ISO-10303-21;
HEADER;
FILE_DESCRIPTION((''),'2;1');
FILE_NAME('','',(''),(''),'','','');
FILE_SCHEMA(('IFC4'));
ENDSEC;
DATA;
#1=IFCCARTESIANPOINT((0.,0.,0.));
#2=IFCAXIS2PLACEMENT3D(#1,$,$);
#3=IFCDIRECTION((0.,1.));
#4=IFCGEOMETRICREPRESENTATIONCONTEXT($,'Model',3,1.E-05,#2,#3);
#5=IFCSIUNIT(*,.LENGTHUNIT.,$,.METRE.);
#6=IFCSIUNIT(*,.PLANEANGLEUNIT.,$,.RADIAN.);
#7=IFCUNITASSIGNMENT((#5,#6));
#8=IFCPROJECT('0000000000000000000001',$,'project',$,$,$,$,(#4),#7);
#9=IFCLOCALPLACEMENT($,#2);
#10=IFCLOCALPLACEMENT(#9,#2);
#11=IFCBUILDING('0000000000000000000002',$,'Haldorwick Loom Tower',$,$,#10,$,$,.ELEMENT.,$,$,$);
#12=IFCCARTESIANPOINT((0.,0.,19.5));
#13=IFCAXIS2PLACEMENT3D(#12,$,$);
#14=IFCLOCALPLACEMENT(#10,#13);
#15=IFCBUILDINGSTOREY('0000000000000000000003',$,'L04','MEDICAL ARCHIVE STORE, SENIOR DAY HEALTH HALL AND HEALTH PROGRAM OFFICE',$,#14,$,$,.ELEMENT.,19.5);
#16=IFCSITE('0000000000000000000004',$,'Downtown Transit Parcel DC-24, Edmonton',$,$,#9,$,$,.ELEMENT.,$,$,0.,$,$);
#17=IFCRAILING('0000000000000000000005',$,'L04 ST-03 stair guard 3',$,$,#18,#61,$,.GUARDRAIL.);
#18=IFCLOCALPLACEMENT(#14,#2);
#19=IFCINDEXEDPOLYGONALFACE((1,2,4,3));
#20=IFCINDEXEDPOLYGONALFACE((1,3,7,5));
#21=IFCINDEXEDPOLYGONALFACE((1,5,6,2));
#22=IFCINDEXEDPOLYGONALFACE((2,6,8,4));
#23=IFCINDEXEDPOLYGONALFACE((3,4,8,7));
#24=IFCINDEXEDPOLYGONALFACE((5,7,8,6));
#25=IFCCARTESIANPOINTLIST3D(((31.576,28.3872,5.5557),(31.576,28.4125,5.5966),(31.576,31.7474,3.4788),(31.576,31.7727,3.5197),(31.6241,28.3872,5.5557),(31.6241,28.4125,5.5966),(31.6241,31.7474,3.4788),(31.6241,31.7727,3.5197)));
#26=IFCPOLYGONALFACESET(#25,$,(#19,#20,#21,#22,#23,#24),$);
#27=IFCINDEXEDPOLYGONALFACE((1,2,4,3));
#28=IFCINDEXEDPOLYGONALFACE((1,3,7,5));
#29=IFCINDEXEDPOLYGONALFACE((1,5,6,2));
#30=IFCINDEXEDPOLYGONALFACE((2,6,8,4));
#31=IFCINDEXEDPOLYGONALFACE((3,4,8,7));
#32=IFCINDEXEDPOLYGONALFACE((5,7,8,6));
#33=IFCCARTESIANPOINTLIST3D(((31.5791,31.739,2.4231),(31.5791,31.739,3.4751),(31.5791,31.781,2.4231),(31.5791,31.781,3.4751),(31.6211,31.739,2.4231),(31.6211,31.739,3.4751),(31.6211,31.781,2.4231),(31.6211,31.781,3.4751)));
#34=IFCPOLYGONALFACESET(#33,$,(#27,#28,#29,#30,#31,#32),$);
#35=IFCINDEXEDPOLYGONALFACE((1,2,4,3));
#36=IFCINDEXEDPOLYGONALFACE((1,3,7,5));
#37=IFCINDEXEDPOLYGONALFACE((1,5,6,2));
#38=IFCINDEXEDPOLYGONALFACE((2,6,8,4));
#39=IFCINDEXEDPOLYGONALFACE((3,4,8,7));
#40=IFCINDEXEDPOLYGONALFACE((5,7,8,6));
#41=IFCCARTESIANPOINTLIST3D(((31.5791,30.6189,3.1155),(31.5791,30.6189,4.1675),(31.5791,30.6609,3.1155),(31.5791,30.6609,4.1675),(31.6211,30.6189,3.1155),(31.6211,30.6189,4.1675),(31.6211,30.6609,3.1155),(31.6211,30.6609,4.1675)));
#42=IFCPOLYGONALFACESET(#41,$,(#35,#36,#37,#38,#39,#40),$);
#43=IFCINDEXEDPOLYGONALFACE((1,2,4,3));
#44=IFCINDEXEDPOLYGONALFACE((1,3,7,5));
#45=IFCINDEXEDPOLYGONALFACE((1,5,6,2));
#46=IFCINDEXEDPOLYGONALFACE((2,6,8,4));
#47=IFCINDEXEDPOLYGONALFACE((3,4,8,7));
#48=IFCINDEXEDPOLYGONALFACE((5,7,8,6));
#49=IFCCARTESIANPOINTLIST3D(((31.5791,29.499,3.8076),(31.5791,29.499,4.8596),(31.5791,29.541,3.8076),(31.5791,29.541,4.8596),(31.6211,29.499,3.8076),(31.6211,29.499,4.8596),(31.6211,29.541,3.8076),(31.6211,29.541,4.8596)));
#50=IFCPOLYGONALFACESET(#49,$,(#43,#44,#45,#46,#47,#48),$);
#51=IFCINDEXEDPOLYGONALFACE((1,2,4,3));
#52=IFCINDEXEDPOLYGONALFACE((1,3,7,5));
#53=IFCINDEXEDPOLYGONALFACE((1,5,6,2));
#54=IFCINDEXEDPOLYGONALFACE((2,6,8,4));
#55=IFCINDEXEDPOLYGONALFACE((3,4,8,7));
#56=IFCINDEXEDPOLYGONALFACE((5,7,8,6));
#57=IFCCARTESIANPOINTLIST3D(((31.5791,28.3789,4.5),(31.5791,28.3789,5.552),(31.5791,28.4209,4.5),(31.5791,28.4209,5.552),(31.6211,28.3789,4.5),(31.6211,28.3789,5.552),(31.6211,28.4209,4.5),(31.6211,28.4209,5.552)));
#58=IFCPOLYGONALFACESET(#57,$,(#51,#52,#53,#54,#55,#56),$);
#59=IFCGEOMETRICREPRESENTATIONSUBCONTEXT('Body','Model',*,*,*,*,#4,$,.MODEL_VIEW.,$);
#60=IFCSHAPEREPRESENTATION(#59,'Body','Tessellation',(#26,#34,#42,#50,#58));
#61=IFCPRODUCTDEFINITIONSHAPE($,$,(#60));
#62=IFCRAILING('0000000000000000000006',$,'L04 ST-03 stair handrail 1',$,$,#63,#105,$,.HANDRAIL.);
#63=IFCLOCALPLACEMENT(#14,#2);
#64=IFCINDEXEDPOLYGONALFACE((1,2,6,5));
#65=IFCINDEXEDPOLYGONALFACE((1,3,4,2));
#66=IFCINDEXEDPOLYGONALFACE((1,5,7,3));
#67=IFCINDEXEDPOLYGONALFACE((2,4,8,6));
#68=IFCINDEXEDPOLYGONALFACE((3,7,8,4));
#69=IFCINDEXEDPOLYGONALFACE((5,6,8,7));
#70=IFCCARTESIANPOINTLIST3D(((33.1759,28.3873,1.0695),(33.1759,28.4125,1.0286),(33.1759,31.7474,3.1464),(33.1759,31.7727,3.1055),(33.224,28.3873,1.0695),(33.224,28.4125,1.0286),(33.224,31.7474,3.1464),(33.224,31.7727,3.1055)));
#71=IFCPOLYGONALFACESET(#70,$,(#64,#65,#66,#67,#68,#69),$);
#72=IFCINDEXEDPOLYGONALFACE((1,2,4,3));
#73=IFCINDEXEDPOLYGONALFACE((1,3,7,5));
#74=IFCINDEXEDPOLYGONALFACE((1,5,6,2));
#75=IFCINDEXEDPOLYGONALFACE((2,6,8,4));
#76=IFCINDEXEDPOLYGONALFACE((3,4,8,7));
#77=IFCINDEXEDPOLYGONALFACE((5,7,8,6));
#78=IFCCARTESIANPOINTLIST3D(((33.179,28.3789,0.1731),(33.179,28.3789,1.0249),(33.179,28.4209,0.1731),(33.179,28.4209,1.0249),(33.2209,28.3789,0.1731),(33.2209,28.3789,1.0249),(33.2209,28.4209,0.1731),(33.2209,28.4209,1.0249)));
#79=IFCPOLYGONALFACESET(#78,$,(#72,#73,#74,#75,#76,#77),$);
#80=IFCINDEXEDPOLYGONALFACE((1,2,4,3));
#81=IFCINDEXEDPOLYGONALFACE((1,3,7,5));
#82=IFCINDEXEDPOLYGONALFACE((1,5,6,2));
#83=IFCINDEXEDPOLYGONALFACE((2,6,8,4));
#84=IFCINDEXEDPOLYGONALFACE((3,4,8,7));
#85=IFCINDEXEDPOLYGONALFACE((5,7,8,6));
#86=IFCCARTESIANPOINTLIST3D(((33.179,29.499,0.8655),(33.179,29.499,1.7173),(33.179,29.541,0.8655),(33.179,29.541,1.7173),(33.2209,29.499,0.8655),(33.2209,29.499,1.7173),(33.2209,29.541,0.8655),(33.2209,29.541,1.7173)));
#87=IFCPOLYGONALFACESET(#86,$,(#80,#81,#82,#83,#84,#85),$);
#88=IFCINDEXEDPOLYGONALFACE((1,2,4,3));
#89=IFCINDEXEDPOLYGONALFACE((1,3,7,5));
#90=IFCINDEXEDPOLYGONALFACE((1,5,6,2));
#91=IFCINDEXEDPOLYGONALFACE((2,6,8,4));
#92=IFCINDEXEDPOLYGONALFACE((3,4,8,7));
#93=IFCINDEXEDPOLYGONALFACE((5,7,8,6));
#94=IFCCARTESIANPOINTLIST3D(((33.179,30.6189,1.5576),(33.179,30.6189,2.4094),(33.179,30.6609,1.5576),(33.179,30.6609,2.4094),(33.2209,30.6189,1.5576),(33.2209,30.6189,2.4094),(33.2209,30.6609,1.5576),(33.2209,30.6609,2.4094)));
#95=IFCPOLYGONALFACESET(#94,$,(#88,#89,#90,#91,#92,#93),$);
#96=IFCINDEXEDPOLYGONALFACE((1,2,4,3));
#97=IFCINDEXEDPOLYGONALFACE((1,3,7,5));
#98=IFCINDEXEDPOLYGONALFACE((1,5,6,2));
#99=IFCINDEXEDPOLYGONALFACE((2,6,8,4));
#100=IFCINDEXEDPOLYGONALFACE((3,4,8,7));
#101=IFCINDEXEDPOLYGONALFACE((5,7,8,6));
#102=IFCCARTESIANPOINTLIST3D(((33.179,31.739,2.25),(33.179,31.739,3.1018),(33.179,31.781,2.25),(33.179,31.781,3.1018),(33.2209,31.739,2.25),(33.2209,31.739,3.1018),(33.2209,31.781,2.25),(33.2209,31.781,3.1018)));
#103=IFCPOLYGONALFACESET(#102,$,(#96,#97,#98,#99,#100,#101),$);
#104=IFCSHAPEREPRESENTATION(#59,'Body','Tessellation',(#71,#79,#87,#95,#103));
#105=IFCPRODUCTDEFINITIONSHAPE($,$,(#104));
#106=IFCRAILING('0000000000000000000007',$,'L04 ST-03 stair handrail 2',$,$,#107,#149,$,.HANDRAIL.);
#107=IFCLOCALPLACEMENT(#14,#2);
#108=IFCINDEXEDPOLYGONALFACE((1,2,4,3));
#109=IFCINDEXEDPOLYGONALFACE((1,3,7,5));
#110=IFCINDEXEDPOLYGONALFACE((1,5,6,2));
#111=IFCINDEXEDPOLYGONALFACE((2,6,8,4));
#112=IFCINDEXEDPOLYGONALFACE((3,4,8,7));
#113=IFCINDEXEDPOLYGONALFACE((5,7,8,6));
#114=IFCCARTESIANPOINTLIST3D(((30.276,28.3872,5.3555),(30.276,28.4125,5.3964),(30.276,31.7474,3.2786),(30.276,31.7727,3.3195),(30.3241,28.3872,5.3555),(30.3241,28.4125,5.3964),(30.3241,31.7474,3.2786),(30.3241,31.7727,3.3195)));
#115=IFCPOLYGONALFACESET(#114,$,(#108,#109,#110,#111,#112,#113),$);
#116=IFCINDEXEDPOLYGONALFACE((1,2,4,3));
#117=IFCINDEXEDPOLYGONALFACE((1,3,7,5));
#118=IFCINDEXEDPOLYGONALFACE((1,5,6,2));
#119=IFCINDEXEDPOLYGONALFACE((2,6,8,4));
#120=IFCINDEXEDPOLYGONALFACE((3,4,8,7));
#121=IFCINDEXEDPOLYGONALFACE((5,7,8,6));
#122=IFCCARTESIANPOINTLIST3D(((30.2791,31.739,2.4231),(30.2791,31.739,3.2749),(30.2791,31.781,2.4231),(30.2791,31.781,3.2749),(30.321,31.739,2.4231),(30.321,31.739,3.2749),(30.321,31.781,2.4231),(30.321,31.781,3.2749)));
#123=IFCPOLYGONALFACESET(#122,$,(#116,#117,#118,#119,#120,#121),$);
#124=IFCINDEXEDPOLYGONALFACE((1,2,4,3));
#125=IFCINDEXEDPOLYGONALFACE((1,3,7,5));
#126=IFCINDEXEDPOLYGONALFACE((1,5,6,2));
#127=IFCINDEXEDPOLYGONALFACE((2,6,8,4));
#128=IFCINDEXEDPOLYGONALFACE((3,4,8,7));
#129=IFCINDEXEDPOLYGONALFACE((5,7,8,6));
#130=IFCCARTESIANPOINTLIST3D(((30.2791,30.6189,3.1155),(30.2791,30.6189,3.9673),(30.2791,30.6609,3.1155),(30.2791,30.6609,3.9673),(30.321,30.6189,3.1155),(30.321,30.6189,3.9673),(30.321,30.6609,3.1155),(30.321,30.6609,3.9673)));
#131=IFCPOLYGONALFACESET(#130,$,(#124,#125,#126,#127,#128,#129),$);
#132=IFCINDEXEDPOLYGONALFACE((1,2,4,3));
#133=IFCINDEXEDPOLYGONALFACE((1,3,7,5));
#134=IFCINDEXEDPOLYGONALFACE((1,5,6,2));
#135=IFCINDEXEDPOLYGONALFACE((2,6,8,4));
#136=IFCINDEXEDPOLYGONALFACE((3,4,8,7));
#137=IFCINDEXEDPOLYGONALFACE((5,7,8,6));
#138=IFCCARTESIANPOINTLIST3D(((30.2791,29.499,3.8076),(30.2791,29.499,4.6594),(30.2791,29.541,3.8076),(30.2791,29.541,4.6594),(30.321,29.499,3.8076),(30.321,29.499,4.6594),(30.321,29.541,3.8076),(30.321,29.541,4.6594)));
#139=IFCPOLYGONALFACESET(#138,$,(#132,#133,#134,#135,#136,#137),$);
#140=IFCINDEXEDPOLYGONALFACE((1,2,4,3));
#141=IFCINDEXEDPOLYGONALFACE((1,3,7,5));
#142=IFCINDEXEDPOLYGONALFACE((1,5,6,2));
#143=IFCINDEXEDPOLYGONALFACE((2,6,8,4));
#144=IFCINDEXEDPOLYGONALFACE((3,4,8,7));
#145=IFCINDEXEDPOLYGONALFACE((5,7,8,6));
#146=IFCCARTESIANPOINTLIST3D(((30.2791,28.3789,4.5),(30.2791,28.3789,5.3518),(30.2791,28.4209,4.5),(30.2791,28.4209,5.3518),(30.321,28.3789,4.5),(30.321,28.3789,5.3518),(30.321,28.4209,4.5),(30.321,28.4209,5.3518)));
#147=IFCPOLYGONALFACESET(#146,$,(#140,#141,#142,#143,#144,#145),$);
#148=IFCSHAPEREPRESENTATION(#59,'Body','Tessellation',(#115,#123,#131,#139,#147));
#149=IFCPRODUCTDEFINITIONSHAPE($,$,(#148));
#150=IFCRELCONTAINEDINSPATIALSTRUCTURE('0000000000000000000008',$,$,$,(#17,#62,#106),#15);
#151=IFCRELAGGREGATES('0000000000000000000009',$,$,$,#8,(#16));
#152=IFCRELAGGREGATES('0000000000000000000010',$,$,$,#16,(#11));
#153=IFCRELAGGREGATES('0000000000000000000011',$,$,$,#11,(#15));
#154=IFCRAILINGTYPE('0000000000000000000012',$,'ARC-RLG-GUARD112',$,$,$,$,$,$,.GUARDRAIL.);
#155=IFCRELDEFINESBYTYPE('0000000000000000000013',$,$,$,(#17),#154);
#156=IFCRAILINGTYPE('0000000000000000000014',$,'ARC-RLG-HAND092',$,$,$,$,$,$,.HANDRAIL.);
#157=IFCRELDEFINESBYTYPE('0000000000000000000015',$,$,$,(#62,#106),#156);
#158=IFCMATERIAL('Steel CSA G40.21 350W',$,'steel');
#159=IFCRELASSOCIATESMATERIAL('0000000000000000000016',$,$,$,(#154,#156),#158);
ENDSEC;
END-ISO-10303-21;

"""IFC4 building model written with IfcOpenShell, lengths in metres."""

from ifc_helpers import new_model, si_unit, direction, frame, origin, origin_2d, place, context, subcontext, project, spatial, rectangle, extrude, material, type_object, element, save


model = new_model("IFC4")

# Units and contexts
model_context = context("Model", 3, precision=1e-05, world=origin(), true_north=direction((0.0, 1.0)))
body_context = subcontext(model_context, "Body", "Model", "MODEL_VIEW")
ifc_project = project(units=[si_unit("LENGTHUNIT", "METRE"), si_unit("PLANEANGLEUNIT", "RADIAN")], contexts=[model_context])

# Site, building, storey
site_placement = place(None, origin())
site = spatial("IfcSite", under=ifc_project, at=site_placement, Name="Downtown Transit Parcel DC-24, Edmonton", CompositionType="ELEMENT", RefElevation=0.0)
building_placement = place(site_placement, origin())
building = spatial("IfcBuilding", under=site, at=building_placement, Name="Haldorwick Loom Tower", CompositionType="ELEMENT")
storey_placement = place(building_placement, frame((0.0, 0.0, 19.5)))
storey = spatial("IfcBuildingStorey", under=building, at=storey_placement, Name="L04", Description="MEDICAL ARCHIVE STORE, SENIOR DAY HEALTH HALL AND HEALTH PROGRAM OFFICE", CompositionType="ELEMENT", Elevation=19.5)

# Shared definitions
ifc_material_1 = material(Name="Steel CSA G40.21 350W", Category="steel")

# Railings
railing_type_1 = type_object("IfcRailingType", Name="ARC-RLG-GUARD112", PredefinedType="GUARDRAIL", material=ifc_material_1)
railing_1_placement = place(storey_placement, frame((31.6001, 31.76, 2.4231)))
element("IfcRailing", 1, at=railing_1_placement, inside=storey, type_object=railing_type_1, Name="L04 ST-03 stair guard 3", PredefinedType="GUARDRAIL", context=body_context, shape_type="SweptSolid", body=[
    extrude(rectangle(XDim=0.0481, YDim=0.0481, at=origin_2d()), frame((0.0, 0.0, 1.0762), z_axis=(0.0, -0.850623, 0.525776), x_axis=(1.0, 0.0, 0.0)), (0.0, 0.0, 1.0), 3.9502),
    extrude(rectangle(XDim=0.042, YDim=0.042, at=origin_2d()), origin(), (0.0, 0.0, 1.0), 1.052),
    extrude(rectangle(XDim=0.042, YDim=0.042, at=origin_2d()), frame((0.0, -1.1201, 0.6924)), (0.0, 0.0, 1.0), 1.052),
    extrude(rectangle(XDim=0.042, YDim=0.042, at=origin_2d()), frame((0.0, -2.24, 1.3845)), (0.0, 0.0, 1.0), 1.052),
    extrude(rectangle(XDim=0.042, YDim=0.042, at=origin_2d()), frame((0.0, -3.3601, 2.0769)), (0.0, 0.0, 1.0), 1.052),
])
railing_type_2 = type_object("IfcRailingType", Name="ARC-RLG-HAND092", PredefinedType="HANDRAIL", material=ifc_material_1)
railing_2_placement = place(storey_placement, frame((33.2, 28.3999, 0.1731)))
element("IfcRailing", 2, at=railing_2_placement, inside=storey, type_object=railing_type_2, Name="L04 ST-03 stair handrail 1", PredefinedType="HANDRAIL", context=body_context, shape_type="SweptSolid", body=[
    extrude(rectangle(XDim=0.0481, YDim=0.0481, at=origin_2d()), frame((0.0, 0.0, 0.876), z_axis=(0.0, 0.850623, 0.525776), x_axis=(-1.0, 0.0, 0.0)), (0.0, 0.0, 1.0), 3.9502),
    extrude(rectangle(XDim=0.042, YDim=0.042, at=origin_2d()), origin(), (0.0, 0.0, 1.0), 0.8518),
    extrude(rectangle(XDim=0.042, YDim=0.042, at=origin_2d()), frame((0.0, 1.1201, 0.6924)), (0.0, 0.0, 1.0), 0.8518),
    extrude(rectangle(XDim=0.042, YDim=0.042, at=origin_2d()), frame((0.0, 2.24, 1.3845)), (0.0, 0.0, 1.0), 0.8518),
    extrude(rectangle(XDim=0.042, YDim=0.042, at=origin_2d()), frame((0.0, 3.3601, 2.0769)), (0.0, 0.0, 1.0), 0.8518),
])
railing_3_placement = place(storey_placement, frame((30.3, 31.76, 2.4231)))
element("IfcRailing", 3, at=railing_3_placement, inside=storey, type_object=railing_type_2, Name="L04 ST-03 stair handrail 2", PredefinedType="HANDRAIL", context=body_context, shape_type="SweptSolid", body=[
    extrude(rectangle(XDim=0.0481, YDim=0.0481, at=origin_2d()), frame((0.0, 0.0, 0.876), z_axis=(0.0, -0.850623, 0.525776), x_axis=(1.0, 0.0, 0.0)), (0.0, 0.0, 1.0), 3.9502),
    extrude(rectangle(XDim=0.042, YDim=0.042, at=origin_2d()), origin(), (0.0, 0.0, 1.0), 0.8518),
    extrude(rectangle(XDim=0.042, YDim=0.042, at=origin_2d()), frame((0.0, -1.1201, 0.6924)), (0.0, 0.0, 1.0), 0.8518),
    extrude(rectangle(XDim=0.042, YDim=0.042, at=origin_2d()), frame((0.0, -2.24, 1.3845)), (0.0, 0.0, 1.0), 0.8518),
    extrude(rectangle(XDim=0.042, YDim=0.042, at=origin_2d()), frame((0.0, -3.3601, 2.0769)), (0.0, 0.0, 1.0), 0.8518),
])

save(model, "model.ifc")
